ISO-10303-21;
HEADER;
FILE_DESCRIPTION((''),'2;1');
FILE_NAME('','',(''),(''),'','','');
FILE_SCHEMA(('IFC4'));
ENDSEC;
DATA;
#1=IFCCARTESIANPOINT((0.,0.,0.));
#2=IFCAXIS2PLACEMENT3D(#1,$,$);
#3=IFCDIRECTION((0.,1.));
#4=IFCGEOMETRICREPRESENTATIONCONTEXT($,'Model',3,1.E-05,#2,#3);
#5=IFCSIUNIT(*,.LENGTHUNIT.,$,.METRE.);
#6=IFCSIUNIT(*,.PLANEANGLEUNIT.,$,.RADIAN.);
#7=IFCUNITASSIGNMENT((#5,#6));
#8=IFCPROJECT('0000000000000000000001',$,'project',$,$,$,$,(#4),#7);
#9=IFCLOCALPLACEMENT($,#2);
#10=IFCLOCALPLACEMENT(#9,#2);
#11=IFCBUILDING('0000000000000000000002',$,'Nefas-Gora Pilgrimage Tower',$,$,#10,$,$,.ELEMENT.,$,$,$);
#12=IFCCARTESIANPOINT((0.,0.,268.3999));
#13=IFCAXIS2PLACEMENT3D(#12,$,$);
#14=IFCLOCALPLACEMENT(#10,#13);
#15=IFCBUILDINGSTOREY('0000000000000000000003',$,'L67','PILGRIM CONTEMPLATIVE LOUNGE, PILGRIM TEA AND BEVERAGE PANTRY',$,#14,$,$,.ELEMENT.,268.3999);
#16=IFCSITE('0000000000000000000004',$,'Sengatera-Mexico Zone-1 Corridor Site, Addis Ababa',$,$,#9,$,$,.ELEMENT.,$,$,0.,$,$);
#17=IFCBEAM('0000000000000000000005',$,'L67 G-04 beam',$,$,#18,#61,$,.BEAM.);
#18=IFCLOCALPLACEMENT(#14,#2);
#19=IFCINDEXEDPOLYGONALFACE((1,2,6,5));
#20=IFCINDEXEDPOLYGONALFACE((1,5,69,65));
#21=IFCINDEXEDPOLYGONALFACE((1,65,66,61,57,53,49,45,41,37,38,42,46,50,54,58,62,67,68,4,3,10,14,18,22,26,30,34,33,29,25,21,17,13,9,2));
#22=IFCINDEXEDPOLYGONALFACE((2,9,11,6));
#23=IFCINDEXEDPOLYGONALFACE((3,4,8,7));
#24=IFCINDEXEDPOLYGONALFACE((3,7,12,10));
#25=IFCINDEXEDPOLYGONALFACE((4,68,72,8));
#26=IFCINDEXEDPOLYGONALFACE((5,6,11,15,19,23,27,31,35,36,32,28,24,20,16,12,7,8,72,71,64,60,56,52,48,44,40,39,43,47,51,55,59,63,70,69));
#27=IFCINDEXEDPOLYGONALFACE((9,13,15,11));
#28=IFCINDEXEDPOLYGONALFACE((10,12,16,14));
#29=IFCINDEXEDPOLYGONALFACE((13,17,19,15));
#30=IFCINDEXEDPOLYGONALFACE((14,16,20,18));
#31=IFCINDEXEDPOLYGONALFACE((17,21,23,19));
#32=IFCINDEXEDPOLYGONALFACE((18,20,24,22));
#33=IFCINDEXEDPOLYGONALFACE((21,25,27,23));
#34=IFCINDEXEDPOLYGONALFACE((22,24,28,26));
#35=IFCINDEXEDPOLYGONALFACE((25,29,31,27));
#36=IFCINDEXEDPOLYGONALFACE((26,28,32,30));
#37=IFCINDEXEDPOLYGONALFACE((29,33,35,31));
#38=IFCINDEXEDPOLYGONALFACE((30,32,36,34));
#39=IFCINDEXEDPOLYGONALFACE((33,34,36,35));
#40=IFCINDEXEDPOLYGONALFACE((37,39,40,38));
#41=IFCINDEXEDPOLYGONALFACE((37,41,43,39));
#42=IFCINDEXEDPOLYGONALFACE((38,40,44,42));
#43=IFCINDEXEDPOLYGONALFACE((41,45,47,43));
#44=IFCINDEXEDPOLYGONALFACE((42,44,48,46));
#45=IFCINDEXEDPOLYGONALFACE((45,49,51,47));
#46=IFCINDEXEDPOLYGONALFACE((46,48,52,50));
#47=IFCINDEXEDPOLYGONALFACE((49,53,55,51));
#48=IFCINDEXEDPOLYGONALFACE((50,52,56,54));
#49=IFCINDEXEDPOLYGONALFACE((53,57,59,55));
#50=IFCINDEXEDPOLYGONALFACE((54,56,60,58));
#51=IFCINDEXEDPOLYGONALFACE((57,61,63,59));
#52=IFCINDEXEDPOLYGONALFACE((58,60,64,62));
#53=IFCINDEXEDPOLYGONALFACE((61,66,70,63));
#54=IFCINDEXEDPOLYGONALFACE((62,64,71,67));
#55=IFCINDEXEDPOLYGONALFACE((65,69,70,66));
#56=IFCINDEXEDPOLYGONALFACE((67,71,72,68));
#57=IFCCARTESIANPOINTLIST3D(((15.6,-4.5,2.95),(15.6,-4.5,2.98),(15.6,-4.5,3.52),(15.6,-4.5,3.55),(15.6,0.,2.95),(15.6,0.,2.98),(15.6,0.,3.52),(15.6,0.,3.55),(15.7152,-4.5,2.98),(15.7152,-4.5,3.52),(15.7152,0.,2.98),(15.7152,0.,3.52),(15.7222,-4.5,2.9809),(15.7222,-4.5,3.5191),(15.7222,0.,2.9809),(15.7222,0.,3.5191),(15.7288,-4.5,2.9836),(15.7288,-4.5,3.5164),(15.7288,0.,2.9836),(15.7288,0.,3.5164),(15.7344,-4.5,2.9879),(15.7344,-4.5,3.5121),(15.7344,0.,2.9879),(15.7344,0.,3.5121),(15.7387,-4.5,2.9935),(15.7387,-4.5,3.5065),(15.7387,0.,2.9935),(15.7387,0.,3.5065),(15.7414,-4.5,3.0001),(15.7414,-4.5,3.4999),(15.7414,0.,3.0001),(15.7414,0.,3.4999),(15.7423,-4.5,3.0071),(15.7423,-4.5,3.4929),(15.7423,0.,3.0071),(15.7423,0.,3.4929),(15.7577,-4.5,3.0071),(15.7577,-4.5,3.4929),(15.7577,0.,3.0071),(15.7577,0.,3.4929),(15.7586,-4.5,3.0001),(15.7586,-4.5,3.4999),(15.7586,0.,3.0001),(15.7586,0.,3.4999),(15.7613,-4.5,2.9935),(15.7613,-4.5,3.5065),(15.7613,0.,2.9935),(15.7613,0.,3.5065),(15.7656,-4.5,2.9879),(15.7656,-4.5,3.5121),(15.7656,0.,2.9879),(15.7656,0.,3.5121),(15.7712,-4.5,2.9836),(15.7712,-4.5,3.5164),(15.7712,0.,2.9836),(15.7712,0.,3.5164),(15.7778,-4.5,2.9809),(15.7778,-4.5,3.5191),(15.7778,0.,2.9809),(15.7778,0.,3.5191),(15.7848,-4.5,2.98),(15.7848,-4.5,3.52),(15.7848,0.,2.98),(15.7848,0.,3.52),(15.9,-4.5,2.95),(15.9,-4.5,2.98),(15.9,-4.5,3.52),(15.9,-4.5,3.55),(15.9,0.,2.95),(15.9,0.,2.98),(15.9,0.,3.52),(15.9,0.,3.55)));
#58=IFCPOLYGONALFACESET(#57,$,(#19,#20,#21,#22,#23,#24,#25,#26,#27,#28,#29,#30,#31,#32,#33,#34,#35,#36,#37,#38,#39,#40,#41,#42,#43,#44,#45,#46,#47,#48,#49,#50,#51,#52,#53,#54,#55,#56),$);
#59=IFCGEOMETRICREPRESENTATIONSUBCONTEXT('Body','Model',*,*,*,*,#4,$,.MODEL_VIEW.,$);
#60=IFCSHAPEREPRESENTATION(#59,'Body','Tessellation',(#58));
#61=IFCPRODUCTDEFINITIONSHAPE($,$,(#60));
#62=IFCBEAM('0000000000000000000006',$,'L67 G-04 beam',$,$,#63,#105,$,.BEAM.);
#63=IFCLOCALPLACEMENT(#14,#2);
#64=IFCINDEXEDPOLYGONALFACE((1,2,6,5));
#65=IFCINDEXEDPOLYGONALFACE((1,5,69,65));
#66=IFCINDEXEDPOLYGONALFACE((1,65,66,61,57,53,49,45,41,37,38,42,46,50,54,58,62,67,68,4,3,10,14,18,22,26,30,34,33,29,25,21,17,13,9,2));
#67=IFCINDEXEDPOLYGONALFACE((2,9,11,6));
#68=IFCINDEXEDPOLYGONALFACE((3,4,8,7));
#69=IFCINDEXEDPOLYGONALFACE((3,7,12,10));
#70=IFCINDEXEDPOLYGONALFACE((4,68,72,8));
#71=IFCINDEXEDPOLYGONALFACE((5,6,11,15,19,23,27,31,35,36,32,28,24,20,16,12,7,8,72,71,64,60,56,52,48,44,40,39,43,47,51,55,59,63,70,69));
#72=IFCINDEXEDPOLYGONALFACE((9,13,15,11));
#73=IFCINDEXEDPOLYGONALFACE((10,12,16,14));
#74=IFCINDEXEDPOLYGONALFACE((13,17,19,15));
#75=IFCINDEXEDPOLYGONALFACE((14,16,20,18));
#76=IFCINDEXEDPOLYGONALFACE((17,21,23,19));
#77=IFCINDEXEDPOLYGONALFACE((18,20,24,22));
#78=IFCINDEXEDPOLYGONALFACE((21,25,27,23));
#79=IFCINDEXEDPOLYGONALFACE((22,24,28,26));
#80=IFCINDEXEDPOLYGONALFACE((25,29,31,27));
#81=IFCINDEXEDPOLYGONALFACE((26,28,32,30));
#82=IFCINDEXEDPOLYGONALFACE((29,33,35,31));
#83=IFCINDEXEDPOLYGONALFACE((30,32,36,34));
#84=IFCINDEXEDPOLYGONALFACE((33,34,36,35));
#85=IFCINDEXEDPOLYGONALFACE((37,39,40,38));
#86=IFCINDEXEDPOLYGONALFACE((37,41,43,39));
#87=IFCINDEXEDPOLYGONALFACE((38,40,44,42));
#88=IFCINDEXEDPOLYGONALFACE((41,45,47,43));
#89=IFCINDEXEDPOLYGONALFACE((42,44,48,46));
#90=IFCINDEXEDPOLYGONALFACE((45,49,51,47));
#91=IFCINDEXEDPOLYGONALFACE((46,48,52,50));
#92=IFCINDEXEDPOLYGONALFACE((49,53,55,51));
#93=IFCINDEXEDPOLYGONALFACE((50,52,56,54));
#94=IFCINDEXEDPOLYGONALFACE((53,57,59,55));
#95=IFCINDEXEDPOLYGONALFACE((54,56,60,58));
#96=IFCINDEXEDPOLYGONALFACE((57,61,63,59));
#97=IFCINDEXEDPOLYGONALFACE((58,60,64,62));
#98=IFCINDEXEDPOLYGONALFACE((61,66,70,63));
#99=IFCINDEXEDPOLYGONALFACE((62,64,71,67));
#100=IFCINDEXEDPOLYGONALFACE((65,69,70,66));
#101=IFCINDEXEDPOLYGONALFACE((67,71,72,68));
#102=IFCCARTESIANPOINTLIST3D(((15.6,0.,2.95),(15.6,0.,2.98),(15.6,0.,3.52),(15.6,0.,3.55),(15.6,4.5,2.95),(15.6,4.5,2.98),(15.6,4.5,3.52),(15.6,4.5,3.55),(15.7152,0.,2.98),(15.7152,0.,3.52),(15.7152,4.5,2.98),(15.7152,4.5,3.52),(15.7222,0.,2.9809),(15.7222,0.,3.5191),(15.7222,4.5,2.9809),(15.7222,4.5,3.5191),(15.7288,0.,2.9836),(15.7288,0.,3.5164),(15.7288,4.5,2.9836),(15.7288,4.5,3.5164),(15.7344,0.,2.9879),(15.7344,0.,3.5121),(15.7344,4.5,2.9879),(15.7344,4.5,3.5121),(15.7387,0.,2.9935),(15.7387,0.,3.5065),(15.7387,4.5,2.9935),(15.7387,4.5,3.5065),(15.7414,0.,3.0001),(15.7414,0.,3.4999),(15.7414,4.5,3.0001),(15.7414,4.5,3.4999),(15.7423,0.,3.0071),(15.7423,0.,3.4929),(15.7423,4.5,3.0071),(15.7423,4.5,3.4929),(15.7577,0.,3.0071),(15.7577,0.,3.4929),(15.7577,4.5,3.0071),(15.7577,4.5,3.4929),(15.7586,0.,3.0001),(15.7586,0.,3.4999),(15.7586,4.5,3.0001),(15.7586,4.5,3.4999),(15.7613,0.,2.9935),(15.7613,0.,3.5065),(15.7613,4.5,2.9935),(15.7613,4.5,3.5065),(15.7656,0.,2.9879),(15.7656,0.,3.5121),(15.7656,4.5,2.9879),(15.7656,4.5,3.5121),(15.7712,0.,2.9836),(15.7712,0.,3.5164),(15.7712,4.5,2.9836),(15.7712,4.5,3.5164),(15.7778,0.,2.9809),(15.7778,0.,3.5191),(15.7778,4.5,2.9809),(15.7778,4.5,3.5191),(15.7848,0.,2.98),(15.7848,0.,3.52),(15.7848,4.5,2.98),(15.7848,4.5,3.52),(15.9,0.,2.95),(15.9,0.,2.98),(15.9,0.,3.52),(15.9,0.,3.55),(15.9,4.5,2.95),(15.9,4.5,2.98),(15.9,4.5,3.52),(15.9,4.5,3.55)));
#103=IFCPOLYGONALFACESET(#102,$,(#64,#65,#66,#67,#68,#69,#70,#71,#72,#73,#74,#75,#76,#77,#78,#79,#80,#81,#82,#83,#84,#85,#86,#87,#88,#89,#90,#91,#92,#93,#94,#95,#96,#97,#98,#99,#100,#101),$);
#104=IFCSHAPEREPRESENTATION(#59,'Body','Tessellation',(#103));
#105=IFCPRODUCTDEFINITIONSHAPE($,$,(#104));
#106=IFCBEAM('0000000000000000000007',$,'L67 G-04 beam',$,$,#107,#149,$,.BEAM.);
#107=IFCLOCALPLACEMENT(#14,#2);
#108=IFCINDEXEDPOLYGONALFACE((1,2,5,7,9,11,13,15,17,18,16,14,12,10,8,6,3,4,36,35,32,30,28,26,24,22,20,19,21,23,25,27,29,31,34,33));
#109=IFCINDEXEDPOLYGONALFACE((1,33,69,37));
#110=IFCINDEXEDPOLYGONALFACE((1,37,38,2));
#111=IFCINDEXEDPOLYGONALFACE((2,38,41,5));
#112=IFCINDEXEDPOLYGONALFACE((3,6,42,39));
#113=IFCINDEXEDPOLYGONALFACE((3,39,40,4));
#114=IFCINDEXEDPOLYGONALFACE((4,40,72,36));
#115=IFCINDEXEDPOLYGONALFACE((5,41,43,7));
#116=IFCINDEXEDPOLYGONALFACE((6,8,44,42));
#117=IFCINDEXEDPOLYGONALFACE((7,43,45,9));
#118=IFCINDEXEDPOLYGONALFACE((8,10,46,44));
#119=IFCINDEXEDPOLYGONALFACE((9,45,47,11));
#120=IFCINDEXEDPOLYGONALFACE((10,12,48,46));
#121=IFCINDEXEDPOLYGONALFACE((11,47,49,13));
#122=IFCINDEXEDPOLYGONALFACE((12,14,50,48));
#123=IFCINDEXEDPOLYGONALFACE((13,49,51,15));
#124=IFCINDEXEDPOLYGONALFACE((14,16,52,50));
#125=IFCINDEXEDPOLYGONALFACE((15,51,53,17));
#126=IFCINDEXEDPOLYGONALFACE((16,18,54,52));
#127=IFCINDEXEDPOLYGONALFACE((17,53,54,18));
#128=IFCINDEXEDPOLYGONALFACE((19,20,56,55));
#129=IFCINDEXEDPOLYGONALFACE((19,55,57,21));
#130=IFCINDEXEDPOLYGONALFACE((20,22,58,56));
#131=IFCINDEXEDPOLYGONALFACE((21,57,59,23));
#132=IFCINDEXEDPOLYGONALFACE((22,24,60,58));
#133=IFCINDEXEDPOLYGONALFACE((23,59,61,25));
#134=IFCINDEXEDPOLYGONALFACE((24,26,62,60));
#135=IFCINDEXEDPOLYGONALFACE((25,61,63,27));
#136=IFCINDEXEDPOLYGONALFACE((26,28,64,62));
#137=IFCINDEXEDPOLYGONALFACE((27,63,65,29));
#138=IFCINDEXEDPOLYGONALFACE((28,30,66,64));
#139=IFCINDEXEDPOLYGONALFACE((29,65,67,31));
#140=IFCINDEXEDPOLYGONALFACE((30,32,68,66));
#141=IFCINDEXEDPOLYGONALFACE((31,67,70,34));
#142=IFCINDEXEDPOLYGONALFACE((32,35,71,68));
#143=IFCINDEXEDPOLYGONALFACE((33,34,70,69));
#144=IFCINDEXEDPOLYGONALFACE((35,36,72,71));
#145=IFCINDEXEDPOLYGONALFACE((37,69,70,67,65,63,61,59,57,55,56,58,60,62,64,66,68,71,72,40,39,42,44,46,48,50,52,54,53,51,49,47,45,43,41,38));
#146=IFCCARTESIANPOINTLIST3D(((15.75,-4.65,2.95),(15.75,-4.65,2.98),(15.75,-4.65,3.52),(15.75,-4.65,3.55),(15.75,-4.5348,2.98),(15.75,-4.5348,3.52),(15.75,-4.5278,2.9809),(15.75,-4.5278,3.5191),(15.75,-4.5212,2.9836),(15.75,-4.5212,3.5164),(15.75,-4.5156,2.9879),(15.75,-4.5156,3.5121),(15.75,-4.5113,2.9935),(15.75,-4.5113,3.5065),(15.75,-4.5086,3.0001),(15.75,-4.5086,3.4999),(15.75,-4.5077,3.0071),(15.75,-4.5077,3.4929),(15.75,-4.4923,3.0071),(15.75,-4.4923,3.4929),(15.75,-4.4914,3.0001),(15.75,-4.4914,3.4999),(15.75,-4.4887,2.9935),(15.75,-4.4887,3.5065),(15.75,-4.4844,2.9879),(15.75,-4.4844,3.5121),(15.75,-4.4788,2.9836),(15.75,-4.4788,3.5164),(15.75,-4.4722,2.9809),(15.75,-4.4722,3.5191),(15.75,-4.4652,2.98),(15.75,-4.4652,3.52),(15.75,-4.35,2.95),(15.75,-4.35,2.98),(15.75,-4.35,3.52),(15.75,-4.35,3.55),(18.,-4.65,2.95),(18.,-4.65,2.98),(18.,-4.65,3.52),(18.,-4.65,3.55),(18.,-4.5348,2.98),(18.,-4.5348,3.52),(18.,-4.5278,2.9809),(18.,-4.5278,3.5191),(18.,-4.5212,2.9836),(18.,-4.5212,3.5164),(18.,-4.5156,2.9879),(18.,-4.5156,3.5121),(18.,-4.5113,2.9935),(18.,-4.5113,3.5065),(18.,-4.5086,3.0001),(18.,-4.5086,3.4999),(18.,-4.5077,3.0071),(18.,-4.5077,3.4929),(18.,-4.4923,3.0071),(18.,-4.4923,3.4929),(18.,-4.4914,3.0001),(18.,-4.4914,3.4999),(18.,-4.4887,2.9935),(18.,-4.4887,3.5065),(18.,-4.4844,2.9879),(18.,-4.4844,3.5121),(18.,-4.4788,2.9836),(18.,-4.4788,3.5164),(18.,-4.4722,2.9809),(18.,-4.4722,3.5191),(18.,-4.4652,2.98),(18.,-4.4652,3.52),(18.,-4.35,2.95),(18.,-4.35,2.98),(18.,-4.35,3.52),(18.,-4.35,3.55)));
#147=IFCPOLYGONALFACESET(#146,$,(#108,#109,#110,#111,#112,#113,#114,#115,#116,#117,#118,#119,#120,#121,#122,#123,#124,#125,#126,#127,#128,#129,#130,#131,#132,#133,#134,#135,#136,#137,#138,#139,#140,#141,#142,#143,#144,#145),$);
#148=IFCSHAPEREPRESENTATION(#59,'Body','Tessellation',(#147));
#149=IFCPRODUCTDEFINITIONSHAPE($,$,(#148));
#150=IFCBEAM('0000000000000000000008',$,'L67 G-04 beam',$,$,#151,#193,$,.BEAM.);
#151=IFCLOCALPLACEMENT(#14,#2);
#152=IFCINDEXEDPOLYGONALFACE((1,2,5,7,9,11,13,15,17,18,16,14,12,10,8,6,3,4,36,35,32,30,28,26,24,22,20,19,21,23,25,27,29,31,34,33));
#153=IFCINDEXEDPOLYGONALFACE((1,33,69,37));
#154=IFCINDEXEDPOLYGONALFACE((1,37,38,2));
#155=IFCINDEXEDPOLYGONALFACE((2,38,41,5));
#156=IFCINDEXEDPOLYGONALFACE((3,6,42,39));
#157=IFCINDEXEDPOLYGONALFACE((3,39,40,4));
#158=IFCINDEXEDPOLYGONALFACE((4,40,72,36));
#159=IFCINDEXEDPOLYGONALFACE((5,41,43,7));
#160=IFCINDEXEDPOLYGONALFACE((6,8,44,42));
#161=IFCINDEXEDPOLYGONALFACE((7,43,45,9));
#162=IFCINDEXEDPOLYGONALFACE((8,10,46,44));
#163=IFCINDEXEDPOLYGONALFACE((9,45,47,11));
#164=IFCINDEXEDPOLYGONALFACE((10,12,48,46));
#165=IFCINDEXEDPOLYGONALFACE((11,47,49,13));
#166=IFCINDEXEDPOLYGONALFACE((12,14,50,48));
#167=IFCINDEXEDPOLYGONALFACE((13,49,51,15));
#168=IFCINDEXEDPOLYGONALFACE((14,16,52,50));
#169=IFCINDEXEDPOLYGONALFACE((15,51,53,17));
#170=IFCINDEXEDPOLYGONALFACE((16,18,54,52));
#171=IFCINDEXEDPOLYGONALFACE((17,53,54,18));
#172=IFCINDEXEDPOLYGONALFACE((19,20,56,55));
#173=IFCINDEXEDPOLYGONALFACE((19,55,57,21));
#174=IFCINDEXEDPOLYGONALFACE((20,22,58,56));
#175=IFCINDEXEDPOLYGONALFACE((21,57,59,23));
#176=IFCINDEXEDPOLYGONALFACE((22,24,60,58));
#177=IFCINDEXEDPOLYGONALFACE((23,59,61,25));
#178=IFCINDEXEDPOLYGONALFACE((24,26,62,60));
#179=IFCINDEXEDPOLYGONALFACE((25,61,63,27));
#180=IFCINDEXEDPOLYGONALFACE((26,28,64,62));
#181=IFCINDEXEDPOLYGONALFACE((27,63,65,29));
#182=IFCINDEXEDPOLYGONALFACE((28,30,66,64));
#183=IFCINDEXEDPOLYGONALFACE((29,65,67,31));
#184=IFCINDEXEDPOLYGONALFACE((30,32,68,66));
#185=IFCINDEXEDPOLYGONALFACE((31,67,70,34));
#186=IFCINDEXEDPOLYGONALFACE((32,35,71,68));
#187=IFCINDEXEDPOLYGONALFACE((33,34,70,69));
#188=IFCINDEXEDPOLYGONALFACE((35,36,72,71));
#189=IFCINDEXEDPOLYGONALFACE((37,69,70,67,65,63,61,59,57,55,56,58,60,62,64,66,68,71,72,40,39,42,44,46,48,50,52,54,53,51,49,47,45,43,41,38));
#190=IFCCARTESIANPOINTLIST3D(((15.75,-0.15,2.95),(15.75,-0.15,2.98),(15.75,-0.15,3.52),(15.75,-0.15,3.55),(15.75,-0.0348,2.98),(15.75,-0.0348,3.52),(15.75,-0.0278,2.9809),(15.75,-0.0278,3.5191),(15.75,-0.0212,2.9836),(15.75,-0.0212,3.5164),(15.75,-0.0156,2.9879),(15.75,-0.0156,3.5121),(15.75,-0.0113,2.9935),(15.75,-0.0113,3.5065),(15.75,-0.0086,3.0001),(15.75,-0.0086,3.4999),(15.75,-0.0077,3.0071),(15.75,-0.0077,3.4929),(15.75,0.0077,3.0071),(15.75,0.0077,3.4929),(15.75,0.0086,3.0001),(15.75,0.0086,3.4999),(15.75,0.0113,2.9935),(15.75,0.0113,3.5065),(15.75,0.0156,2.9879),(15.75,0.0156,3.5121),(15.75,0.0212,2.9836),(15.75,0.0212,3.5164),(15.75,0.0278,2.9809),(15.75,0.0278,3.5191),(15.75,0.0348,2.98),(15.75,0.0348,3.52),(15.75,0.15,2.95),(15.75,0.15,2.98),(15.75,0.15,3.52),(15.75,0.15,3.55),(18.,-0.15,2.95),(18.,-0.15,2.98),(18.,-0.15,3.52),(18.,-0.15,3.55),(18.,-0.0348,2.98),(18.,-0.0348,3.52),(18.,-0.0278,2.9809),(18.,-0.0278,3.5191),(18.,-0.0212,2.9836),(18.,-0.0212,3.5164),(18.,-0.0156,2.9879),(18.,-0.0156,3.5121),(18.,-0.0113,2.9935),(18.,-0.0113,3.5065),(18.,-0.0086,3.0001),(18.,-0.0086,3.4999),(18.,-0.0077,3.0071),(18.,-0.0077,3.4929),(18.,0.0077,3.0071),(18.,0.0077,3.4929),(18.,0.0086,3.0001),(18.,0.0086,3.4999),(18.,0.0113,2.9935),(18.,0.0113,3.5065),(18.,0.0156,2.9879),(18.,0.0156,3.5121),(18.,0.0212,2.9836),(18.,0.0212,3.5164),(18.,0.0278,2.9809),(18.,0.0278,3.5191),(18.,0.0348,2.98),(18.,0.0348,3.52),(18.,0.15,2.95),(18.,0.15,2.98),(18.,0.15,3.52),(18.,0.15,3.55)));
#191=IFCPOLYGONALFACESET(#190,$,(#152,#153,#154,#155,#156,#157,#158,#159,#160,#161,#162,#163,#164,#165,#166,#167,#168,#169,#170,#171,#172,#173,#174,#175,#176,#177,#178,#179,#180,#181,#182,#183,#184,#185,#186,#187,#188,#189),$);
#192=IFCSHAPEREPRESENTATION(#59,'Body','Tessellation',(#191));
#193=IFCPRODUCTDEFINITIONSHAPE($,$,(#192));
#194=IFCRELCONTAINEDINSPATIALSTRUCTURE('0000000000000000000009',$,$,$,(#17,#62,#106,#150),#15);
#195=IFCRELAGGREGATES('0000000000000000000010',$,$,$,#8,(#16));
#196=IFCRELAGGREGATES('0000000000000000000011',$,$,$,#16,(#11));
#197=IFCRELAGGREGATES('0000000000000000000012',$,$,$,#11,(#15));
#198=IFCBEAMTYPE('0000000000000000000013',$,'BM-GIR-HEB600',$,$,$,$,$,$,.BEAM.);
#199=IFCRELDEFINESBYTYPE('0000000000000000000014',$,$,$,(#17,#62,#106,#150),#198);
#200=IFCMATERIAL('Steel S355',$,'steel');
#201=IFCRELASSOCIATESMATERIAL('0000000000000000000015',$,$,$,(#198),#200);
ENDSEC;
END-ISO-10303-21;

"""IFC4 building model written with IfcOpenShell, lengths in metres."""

from ifc_helpers import new_model, si_unit, direction, frame, origin, origin_2d, place, context, subcontext, project, spatial, i_section, extrude, source, transform, mapped, material, material_profile, profile_set, type_object, element, save


model = new_model("IFC4")

# Units and contexts
model_context = context("Model", 3, precision=1e-05, world=origin(), true_north=direction((0.0, 1.0)))
body_context = subcontext(model_context, "Body", "Model", "MODEL_VIEW")
ifc_project = project(units=[si_unit("LENGTHUNIT", "METRE"), si_unit("PLANEANGLEUNIT", "RADIAN")], contexts=[model_context])

# Site, building, storey
site_placement = place(None, origin())
site = spatial("IfcSite", under=ifc_project, at=site_placement, Name="Sengatera-Mexico Zone-1 Corridor Site, Addis Ababa", CompositionType="ELEMENT", RefElevation=0.0)
building_placement = place(site_placement, origin())
building = spatial("IfcBuilding", under=site, at=building_placement, Name="Nefas-Gora Pilgrimage Tower", CompositionType="ELEMENT")
storey_placement = place(building_placement, frame((0.0, 0.0, 268.3999)))
storey = spatial("IfcBuildingStorey", under=building, at=storey_placement, Name="L67", Description="PILGRIM CONTEMPLATIVE LOUNGE, PILGRIM TEA AND BEVERAGE PANTRY", CompositionType="ELEMENT", Elevation=268.3999)

# Shared definitions
ifc_material_1 = material(Name="Steel S355", Category="steel")

# Beams
ifc_material_profile_1 = material_profile(ifc_material_1, i_section(OverallWidth=0.3, OverallDepth=0.6001, WebThickness=0.0154, FlangeThickness=0.03, FilletRadius=0.0271, at=origin_2d()), Name="HEB 600")
ifc_profile_set_1 = profile_set([ifc_material_profile_1], Name="Steel S355")
beam_type_1 = type_object("IfcBeamType", Name="BM-GIR-HEB600", PredefinedType="BEAM", material=ifc_profile_set_1)
shared_shape_1 = source(origin(), body_context, "Body", "SweptSolid", [
    extrude(i_section(OverallWidth=0.3, OverallDepth=0.6001, WebThickness=0.0154, FlangeThickness=0.03, FilletRadius=0.0271, at=origin_2d()), origin(), (0.0, 0.0, 1.0), 4.5),
])
for number, where, z_axis, x_axis, name in (
    (1, (15.75, -4.5, 3.25), (0.0, 1.0, 0.0), (-1.0, 0.0, 0.0), "L67 G-04 beam"),
    (2, (15.75, 0.0, 3.25), (0.0, 1.0, 0.0), (-1.0, 0.0, 0.0), "L67 G-04 beam"),
):
    element("IfcBeam", number, at=place(storey_placement, frame(where, z_axis=z_axis, x_axis=x_axis)), inside=storey, type_object=beam_type_1, Name=name, PredefinedType="BEAM", context=body_context, shape_type="MappedRepresentation", body=[
        mapped(shared_shape_1, transform((0.0, 0.0, 0.0), x_axis=(1.0, 0.0, 0.0), y_axis=(0.0, 1.0, 0.0), z_axis=(0.0, 0.0, 1.0), scale=1.0)),
    ])
shared_shape_2 = source(origin(), body_context, "Body", "SweptSolid", [
    extrude(i_section(OverallWidth=0.3, OverallDepth=0.6001, WebThickness=0.0154, FlangeThickness=0.03, FilletRadius=0.0271, at=origin_2d()), origin(), (0.0, 0.0, 1.0), 2.25),
])
for number, where, z_axis, x_axis, name in (
    (3, (15.75, -4.5, 3.25), (1.0, 0.0, 0.0), (0.0, 1.0, 0.0), "L67 G-04 beam"),
    (4, (15.75, 0.0, 3.25), (1.0, 0.0, 0.0), (0.0, 1.0, 0.0), "L67 G-04 beam"),
):
    element("IfcBeam", number, at=place(storey_placement, frame(where, z_axis=z_axis, x_axis=x_axis)), inside=storey, type_object=beam_type_1, Name=name, PredefinedType="BEAM", context=body_context, shape_type="MappedRepresentation", body=[
        mapped(shared_shape_2, transform((0.0, 0.0, 0.0), x_axis=(1.0, 0.0, 0.0), y_axis=(0.0, 1.0, 0.0), z_axis=(0.0, 0.0, 1.0), scale=1.0)),
    ])

save(model, "model.ifc")
